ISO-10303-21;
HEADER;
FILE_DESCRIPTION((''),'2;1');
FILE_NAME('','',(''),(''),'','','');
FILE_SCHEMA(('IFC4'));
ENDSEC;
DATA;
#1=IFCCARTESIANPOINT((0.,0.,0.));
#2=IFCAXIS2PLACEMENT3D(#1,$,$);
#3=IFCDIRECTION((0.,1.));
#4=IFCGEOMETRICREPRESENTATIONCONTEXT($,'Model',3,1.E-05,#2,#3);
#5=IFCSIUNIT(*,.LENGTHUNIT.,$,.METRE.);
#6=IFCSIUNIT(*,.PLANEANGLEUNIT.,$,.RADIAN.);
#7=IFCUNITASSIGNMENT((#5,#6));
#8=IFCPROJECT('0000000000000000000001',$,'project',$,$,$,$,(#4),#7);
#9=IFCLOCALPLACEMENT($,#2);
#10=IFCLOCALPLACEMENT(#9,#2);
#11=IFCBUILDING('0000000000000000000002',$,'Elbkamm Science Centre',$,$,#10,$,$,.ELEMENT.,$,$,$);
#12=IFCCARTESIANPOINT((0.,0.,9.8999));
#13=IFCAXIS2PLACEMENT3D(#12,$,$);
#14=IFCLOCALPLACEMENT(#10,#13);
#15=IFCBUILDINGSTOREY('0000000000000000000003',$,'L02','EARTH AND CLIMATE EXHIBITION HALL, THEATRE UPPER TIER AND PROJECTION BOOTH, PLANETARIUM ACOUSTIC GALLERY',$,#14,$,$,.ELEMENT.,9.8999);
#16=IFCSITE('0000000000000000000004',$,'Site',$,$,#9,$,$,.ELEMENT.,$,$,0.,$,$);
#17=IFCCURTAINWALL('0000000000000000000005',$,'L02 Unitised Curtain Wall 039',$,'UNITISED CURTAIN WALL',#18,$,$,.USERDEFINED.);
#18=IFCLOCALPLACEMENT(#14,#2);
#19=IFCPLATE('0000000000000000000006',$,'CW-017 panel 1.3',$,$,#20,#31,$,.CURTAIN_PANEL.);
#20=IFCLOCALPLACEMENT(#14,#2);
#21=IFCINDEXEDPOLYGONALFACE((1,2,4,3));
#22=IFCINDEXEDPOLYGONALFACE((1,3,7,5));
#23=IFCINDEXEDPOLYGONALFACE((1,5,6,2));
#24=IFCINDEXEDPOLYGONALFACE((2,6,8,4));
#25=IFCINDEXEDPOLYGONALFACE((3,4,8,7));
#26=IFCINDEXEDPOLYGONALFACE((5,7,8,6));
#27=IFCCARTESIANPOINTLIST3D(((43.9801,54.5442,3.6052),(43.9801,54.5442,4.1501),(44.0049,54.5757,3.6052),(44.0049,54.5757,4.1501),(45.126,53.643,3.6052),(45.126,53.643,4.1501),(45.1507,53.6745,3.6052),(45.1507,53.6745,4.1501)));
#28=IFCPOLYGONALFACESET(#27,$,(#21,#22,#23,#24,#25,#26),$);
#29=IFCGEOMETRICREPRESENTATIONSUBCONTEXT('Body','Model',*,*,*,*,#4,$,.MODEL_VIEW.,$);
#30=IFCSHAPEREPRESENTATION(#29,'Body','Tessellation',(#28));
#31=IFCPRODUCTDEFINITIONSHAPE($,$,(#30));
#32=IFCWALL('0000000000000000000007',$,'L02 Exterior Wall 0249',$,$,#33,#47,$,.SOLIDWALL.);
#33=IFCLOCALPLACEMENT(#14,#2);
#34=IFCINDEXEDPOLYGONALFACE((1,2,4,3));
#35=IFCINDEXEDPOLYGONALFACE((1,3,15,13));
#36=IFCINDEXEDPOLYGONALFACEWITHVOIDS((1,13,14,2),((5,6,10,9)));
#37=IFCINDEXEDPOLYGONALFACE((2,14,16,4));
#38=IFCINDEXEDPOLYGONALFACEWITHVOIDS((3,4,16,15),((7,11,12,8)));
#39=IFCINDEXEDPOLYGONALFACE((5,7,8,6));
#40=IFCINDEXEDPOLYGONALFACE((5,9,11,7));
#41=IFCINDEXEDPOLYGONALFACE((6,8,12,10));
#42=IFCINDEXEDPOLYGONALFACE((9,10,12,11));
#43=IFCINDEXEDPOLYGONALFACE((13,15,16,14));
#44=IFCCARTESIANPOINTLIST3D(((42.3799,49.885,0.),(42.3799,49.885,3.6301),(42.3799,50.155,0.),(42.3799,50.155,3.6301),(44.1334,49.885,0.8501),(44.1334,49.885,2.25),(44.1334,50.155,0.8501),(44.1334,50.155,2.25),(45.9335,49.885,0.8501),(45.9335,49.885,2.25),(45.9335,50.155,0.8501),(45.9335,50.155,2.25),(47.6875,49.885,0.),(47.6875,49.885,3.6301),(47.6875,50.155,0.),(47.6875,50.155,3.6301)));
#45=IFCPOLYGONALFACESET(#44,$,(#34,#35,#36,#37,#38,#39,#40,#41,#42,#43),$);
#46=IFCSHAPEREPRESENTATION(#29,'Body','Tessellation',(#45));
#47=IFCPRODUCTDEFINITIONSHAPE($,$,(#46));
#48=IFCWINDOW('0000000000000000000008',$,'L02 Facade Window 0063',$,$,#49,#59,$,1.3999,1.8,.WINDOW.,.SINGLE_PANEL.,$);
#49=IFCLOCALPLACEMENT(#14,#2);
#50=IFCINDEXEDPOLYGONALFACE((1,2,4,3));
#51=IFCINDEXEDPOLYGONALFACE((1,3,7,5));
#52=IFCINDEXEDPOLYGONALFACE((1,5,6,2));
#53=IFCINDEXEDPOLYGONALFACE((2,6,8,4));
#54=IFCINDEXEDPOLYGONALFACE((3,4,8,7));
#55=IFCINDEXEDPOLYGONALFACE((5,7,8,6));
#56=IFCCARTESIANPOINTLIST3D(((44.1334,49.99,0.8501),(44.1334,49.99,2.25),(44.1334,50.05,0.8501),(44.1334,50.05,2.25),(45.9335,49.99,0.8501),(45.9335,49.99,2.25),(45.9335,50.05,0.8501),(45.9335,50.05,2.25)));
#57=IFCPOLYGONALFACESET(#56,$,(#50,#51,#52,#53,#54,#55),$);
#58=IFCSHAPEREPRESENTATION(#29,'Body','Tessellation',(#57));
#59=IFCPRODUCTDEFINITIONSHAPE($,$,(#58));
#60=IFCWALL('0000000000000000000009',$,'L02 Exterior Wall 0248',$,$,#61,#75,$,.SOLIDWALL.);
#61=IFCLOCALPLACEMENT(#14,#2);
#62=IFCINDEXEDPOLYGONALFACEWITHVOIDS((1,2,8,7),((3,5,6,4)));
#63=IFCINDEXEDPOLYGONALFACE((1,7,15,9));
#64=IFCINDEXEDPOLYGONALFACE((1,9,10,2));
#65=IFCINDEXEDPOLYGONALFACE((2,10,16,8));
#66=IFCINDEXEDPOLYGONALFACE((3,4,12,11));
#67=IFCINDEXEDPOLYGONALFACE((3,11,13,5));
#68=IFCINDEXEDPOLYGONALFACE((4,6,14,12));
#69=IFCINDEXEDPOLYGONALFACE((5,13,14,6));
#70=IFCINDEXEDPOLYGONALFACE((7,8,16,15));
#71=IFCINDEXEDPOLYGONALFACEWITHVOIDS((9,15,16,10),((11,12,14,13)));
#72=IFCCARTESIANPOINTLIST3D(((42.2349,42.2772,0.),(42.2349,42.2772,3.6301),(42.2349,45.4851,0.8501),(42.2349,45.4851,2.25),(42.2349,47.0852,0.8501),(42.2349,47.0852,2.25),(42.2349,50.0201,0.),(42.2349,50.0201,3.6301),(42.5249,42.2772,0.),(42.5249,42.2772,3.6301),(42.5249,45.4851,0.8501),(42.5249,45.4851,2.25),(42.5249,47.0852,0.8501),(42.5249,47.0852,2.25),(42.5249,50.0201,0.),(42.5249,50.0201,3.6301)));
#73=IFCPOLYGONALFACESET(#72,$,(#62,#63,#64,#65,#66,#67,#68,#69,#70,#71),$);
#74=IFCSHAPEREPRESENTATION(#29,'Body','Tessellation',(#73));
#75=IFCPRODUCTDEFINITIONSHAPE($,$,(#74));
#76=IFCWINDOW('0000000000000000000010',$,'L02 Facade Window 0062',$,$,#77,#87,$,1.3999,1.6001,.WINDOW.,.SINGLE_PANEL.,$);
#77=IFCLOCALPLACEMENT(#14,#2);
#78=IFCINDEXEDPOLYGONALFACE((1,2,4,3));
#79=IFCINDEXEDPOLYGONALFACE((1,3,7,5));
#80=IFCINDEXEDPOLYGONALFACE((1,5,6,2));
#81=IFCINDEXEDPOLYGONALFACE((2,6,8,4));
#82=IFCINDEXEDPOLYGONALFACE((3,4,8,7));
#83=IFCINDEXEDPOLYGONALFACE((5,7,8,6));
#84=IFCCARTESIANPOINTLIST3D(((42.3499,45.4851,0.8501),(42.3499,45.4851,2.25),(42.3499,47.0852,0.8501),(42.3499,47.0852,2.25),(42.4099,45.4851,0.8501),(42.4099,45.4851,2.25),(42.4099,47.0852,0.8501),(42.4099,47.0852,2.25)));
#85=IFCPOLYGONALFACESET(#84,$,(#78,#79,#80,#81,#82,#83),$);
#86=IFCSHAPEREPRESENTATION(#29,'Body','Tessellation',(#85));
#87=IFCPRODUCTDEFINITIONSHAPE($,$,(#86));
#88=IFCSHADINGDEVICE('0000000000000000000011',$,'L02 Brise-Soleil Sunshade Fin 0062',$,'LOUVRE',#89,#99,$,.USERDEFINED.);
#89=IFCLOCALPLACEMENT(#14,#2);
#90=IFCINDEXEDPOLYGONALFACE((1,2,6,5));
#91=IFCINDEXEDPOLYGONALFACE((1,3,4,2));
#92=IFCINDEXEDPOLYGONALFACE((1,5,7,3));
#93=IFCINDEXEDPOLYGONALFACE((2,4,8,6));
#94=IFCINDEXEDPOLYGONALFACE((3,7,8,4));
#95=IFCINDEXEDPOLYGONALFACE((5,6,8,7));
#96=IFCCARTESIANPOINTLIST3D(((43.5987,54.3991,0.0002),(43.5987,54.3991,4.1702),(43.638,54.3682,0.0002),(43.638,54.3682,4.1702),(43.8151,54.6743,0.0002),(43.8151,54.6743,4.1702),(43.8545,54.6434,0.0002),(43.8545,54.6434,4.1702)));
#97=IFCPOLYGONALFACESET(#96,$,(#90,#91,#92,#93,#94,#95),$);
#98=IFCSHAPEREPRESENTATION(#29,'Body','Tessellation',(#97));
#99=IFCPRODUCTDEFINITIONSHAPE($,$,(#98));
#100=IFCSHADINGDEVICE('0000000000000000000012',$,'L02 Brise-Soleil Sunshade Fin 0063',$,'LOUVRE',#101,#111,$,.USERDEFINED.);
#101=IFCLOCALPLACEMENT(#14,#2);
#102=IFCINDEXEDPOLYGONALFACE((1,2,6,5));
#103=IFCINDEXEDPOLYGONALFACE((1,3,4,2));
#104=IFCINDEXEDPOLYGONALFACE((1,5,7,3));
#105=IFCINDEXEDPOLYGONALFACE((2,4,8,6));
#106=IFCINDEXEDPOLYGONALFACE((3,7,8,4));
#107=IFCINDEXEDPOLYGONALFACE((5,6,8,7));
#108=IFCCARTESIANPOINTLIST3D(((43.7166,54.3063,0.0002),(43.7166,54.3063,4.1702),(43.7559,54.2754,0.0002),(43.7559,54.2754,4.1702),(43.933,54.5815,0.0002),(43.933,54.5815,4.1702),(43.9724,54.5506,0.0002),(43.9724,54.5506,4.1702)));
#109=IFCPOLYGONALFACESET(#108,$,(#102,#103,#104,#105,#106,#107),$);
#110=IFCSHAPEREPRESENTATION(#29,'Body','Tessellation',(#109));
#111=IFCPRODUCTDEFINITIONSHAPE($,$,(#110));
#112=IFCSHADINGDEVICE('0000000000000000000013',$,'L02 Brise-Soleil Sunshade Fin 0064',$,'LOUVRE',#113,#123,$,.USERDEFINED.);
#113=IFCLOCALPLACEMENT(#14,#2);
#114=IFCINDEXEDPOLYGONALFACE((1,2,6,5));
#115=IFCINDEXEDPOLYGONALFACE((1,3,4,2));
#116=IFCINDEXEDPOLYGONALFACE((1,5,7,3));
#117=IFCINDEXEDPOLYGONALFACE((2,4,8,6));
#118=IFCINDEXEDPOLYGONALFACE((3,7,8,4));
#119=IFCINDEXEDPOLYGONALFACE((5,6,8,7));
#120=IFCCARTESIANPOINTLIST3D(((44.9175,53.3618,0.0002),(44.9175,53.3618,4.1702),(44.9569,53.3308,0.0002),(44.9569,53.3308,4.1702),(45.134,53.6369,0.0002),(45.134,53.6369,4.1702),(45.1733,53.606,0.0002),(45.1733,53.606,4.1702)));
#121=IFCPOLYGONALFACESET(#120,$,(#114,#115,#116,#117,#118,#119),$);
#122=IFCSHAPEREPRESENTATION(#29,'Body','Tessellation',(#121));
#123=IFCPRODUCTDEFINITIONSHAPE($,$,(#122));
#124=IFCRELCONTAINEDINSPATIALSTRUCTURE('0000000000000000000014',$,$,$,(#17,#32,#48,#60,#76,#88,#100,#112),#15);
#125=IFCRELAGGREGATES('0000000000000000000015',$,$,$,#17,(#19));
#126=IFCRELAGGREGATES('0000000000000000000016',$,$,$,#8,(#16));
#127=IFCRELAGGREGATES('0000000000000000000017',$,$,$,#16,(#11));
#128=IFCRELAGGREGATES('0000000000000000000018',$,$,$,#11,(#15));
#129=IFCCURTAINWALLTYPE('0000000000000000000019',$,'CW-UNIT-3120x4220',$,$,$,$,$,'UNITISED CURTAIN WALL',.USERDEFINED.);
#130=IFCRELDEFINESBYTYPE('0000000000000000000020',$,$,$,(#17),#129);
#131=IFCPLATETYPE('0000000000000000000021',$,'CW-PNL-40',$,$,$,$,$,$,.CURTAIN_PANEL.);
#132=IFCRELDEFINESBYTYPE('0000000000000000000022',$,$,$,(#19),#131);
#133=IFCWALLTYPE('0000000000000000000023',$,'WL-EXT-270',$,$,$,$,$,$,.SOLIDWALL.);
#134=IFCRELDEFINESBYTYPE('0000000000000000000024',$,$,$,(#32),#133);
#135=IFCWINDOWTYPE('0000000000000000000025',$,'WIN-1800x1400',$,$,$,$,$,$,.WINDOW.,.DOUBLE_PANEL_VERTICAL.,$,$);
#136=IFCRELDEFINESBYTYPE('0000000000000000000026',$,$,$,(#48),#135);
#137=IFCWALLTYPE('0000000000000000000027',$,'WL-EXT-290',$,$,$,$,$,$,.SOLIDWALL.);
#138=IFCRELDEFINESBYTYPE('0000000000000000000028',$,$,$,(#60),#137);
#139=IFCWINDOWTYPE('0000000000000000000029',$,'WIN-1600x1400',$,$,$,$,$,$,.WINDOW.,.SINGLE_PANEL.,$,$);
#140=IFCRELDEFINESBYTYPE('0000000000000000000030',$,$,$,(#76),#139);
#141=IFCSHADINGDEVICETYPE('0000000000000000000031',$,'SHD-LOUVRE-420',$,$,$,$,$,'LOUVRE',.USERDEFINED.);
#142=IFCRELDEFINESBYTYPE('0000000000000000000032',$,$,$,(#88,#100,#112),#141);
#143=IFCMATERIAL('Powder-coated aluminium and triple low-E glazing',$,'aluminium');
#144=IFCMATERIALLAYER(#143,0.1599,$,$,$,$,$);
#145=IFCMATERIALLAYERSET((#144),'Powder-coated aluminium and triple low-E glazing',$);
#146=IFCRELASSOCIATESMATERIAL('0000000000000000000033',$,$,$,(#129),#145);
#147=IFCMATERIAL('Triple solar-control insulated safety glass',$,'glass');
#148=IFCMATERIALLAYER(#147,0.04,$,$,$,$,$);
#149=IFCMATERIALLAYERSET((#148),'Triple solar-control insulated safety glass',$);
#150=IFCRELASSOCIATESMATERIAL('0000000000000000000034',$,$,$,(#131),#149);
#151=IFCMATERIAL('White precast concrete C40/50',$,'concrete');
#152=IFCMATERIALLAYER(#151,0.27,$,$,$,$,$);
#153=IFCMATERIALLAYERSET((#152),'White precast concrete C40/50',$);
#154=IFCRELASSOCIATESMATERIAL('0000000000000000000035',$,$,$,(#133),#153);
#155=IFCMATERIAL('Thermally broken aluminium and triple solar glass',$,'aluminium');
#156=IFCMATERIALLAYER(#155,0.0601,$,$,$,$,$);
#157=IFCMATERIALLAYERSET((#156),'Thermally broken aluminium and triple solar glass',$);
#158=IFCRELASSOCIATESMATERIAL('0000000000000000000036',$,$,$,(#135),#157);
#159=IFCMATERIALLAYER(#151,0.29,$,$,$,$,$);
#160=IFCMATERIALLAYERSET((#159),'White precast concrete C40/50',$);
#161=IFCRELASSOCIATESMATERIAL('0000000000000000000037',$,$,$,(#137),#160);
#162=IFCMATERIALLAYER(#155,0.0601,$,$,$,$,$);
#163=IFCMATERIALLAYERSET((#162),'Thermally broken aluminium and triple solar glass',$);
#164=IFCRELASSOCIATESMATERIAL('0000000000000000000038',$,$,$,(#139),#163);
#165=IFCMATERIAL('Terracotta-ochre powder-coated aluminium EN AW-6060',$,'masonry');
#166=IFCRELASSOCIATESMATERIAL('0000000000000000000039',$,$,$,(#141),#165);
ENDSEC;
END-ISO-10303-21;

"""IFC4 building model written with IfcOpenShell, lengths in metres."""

from ifc_helpers import new_model, si_unit, direction, frame, frame_2d, origin, origin_2d, place, context, subcontext, project, spatial, rectangle, extrude, material, layer, layer_set, type_object, element, fill, aggregate, save


model = new_model("IFC4")

# Units and contexts
model_context = context("Model", 3, precision=1e-05, world=origin(), true_north=direction((0.0, 1.0)))
body_context = subcontext(model_context, "Body", "Model", "MODEL_VIEW")
ifc_project = project(units=[si_unit("LENGTHUNIT", "METRE"), si_unit("PLANEANGLEUNIT", "RADIAN")], contexts=[model_context])

# Site, building, storey
site_placement = place(None, origin())
site = spatial("IfcSite", under=ifc_project, at=site_placement, Name="Site", CompositionType="ELEMENT", RefElevation=0.0)
building_placement = place(site_placement, origin())
building = spatial("IfcBuilding", under=site, at=building_placement, Name="Elbkamm Science Centre", CompositionType="ELEMENT")
storey_placement = place(building_placement, frame((0.0, 0.0, 9.8999)))
storey = spatial("IfcBuildingStorey", under=building, at=storey_placement, Name="L02", Description="EARTH AND CLIMATE EXHIBITION HALL, THEATRE UPPER TIER AND PROJECTION BOOTH, PLANETARIUM ACOUSTIC GALLERY", CompositionType="ELEMENT", Elevation=9.8999)

# Curtain wall, plate
ifc_material_1 = material(Name="Powder-coated aluminium and triple low-E glazing", Category="aluminium")
ifc_layer_1 = layer(ifc_material_1, 0.1599)
ifc_layer_set_1 = layer_set([ifc_layer_1], Name="Powder-coated aluminium and triple low-E glazing")
curtain_wall_type = type_object("IfcCurtainWallType", Name="CW-UNIT-3120x4220", ElementType="UNITISED CURTAIN WALL", PredefinedType="USERDEFINED", material=ifc_layer_set_1)
curtain_wall_placement = place(storey_placement, origin())
curtain_wall = element("IfcCurtainWall", 1, at=curtain_wall_placement, inside=storey, type_object=curtain_wall_type, Name="L02 Unitised Curtain Wall 039", ObjectType="UNITISED CURTAIN WALL", PredefinedType="USERDEFINED")
ifc_material_2 = material(Name="Triple solar-control insulated safety glass", Category="glass")
ifc_layer_2 = layer(ifc_material_2, 0.04)
ifc_layer_set_2 = layer_set([ifc_layer_2], Name="Triple solar-control insulated safety glass")
plate_type = type_object("IfcPlateType", Name="CW-PNL-40", PredefinedType="CURTAIN_PANEL", material=ifc_layer_set_2)
plate_1_placement = place(storey_placement, frame((44.5654, 54.1094, 3.6052), z_axis=(0.0, 0.0, 1.0), x_axis=(0.786005, -0.61822, 0.0)))
plate_1 = element("IfcPlate", 2, at=plate_1_placement, type_object=plate_type, Name="CW-017 panel 1.3", PredefinedType="CURTAIN_PANEL", context=body_context, shape_type="SweptSolid", body=[
    extrude(rectangle(XDim=1.4578, YDim=0.04, at=origin_2d()), origin(), (0.0, 0.0, 1.0), 0.5449),
])
aggregate(curtain_wall, [plate_1])

# Walls, openings, windows
ifc_material_3 = material(Name="White precast concrete C40/50", Category="concrete")
ifc_layer_3 = layer(ifc_material_3, 0.27)
ifc_layer_set_3 = layer_set([ifc_layer_3], Name="White precast concrete C40/50")
wall_type_1 = type_object("IfcWallType", Name="WL-EXT-270", PredefinedType="SOLIDWALL", material=ifc_layer_set_3)
wall_1_placement = place(storey_placement, frame((42.3799, 50.02, 0.0), z_axis=(0.0, 0.0, 1.0), x_axis=(1.0, 0.0, 0.0)))
wall_1 = element("IfcWall", 3, at=wall_1_placement, inside=storey, type_object=wall_type_1, Name="L02 Exterior Wall 0249", PredefinedType="SOLIDWALL", context=body_context, shape_type="SweptSolid", body=[
    extrude(rectangle(XDim=5.3076, YDim=0.27, at=frame_2d((2.6538, 0.0))), origin(), (0.0, 0.0, 1.0), 3.6301),
])
opening_1_placement = place(wall_1_placement, frame((1.7537, 0.0, 0.8501)))
opening_1 = element("IfcOpeningElement", 4, at=opening_1_placement, cuts=wall_1, PredefinedType="OPENING", context=body_context, shape_type="SweptSolid", body=[
    extrude(rectangle(XDim=1.8, YDim=1.3999, at=frame_2d((0.8999, 0.7))), frame((0.0, 0.147, 0.0), z_axis=(0.0, -1.0, 0.0), x_axis=(1.0, 0.0, 0.0)), (0.0, 0.0, 1.0), 0.2939),
])
ifc_material_4 = material(Name="Thermally broken aluminium and triple solar glass", Category="aluminium")
ifc_layer_4 = layer(ifc_material_4, 0.0601)
ifc_layer_set_4 = layer_set([ifc_layer_4], Name="Thermally broken aluminium and triple solar glass")
window_type_1 = type_object("IfcWindowType", Name="WIN-1800x1400", PartitioningType="DOUBLE_PANEL_VERTICAL", PredefinedType="WINDOW", material=ifc_layer_set_4)
window_1_placement = place(opening_1_placement, origin())
window_1 = element("IfcWindow", 5, at=window_1_placement, inside=storey, type_object=window_type_1, Name="L02 Facade Window 0063", OverallHeight=1.3999, OverallWidth=1.8, PartitioningType="SINGLE_PANEL", PredefinedType="WINDOW", context=body_context, shape_type="SweptSolid", body=[
    extrude(rectangle(XDim=1.8, YDim=1.3999, at=frame_2d((0.8999, 0.7))), frame((0.0, 0.03, 0.0), z_axis=(0.0, -1.0, 0.0), x_axis=(1.0, 0.0, 0.0)), (0.0, 0.0, 1.0), 0.0601),
])
fill(opening_1, window_1)
ifc_layer_5 = layer(ifc_material_3, 0.29)
ifc_layer_set_5 = layer_set([ifc_layer_5], Name="White precast concrete C40/50")
wall_type_2 = type_object("IfcWallType", Name="WL-EXT-290", PredefinedType="SOLIDWALL", material=ifc_layer_set_5)
wall_2_placement = place(storey_placement, frame((42.3799, 42.2771, 0.0), z_axis=(0.0, 0.0, 1.0), x_axis=(0.0, 1.0, 0.0)))
wall_2 = element("IfcWall", 6, at=wall_2_placement, inside=storey, type_object=wall_type_2, Name="L02 Exterior Wall 0248", PredefinedType="SOLIDWALL", context=body_context, shape_type="SweptSolid", body=[
    extrude(rectangle(XDim=7.7429, YDim=0.29, at=frame_2d((3.8716, 0.0))), origin(), (0.0, 0.0, 1.0), 3.6301),
])
opening_2_placement = place(wall_2_placement, frame((3.208, 0.0, 0.8501)))
opening_2 = element("IfcOpeningElement", 7, at=opening_2_placement, cuts=wall_2, PredefinedType="OPENING", context=body_context, shape_type="SweptSolid", body=[
    extrude(rectangle(XDim=1.6001, YDim=1.3999, at=frame_2d((0.8, 0.7))), frame((0.0, 0.157, 0.0), z_axis=(0.0, -1.0, 0.0), x_axis=(1.0, 0.0, 0.0)), (0.0, 0.0, 1.0), 0.314),
])
ifc_layer_6 = layer(ifc_material_4, 0.0601)
ifc_layer_set_6 = layer_set([ifc_layer_6], Name="Thermally broken aluminium and triple solar glass")
window_type_2 = type_object("IfcWindowType", Name="WIN-1600x1400", PartitioningType="SINGLE_PANEL", PredefinedType="WINDOW", material=ifc_layer_set_6)
window_2_placement = place(opening_2_placement, origin())
window_2 = element("IfcWindow", 8, at=window_2_placement, inside=storey, type_object=window_type_2, Name="L02 Facade Window 0062", OverallHeight=1.3999, OverallWidth=1.6001, PartitioningType="SINGLE_PANEL", PredefinedType="WINDOW", context=body_context, shape_type="SweptSolid", body=[
    extrude(rectangle(XDim=1.6001, YDim=1.3999, at=frame_2d((0.8, 0.7))), frame((0.0, 0.03, 0.0), z_axis=(0.0, -1.0, 0.0), x_axis=(1.0, 0.0, 0.0)), (0.0, 0.0, 1.0), 0.0601),
])
fill(opening_2, window_2)

# Shading devices
ifc_material_5 = material(Name="Terracotta-ochre powder-coated aluminium EN AW-6060", Category="masonry")
shading_device_type = type_object("IfcShadingDeviceType", Name="SHD-LOUVRE-420", ElementType="LOUVRE", PredefinedType="USERDEFINED", material=ifc_material_5)
for number, where, z_axis, x_axis, name in (
    (9, (43.7266, 54.5212, 0.0002), (0.0, 0.0, 1.0), (-0.61822, -0.786005, 0.0), "L02 Brise-Soleil Sunshade Fin 0062"),
    (10, (43.8445, 54.4285, 0.0002), (0.0, 0.0, 1.0), (-0.61822, -0.786005, 0.0), "L02 Brise-Soleil Sunshade Fin 0063"),
    (11, (45.0454, 53.4839, 0.0002), (0.0, 0.0, 1.0), (-0.61822, -0.786005, 0.0), "L02 Brise-Soleil Sunshade Fin 0064"),
):
    element("IfcShadingDevice", number, at=place(storey_placement, frame(where, z_axis=z_axis, x_axis=x_axis)), inside=storey, type_object=shading_device_type, Name=name, ObjectType="LOUVRE", PredefinedType="USERDEFINED", context=body_context, shape_type="SweptSolid", body=[
        extrude(rectangle(XDim=0.3501, YDim=0.05, at=origin_2d()), origin(), (0.0, 0.0, 1.0), 4.1699),
    ])

save(model, "model.ifc")
